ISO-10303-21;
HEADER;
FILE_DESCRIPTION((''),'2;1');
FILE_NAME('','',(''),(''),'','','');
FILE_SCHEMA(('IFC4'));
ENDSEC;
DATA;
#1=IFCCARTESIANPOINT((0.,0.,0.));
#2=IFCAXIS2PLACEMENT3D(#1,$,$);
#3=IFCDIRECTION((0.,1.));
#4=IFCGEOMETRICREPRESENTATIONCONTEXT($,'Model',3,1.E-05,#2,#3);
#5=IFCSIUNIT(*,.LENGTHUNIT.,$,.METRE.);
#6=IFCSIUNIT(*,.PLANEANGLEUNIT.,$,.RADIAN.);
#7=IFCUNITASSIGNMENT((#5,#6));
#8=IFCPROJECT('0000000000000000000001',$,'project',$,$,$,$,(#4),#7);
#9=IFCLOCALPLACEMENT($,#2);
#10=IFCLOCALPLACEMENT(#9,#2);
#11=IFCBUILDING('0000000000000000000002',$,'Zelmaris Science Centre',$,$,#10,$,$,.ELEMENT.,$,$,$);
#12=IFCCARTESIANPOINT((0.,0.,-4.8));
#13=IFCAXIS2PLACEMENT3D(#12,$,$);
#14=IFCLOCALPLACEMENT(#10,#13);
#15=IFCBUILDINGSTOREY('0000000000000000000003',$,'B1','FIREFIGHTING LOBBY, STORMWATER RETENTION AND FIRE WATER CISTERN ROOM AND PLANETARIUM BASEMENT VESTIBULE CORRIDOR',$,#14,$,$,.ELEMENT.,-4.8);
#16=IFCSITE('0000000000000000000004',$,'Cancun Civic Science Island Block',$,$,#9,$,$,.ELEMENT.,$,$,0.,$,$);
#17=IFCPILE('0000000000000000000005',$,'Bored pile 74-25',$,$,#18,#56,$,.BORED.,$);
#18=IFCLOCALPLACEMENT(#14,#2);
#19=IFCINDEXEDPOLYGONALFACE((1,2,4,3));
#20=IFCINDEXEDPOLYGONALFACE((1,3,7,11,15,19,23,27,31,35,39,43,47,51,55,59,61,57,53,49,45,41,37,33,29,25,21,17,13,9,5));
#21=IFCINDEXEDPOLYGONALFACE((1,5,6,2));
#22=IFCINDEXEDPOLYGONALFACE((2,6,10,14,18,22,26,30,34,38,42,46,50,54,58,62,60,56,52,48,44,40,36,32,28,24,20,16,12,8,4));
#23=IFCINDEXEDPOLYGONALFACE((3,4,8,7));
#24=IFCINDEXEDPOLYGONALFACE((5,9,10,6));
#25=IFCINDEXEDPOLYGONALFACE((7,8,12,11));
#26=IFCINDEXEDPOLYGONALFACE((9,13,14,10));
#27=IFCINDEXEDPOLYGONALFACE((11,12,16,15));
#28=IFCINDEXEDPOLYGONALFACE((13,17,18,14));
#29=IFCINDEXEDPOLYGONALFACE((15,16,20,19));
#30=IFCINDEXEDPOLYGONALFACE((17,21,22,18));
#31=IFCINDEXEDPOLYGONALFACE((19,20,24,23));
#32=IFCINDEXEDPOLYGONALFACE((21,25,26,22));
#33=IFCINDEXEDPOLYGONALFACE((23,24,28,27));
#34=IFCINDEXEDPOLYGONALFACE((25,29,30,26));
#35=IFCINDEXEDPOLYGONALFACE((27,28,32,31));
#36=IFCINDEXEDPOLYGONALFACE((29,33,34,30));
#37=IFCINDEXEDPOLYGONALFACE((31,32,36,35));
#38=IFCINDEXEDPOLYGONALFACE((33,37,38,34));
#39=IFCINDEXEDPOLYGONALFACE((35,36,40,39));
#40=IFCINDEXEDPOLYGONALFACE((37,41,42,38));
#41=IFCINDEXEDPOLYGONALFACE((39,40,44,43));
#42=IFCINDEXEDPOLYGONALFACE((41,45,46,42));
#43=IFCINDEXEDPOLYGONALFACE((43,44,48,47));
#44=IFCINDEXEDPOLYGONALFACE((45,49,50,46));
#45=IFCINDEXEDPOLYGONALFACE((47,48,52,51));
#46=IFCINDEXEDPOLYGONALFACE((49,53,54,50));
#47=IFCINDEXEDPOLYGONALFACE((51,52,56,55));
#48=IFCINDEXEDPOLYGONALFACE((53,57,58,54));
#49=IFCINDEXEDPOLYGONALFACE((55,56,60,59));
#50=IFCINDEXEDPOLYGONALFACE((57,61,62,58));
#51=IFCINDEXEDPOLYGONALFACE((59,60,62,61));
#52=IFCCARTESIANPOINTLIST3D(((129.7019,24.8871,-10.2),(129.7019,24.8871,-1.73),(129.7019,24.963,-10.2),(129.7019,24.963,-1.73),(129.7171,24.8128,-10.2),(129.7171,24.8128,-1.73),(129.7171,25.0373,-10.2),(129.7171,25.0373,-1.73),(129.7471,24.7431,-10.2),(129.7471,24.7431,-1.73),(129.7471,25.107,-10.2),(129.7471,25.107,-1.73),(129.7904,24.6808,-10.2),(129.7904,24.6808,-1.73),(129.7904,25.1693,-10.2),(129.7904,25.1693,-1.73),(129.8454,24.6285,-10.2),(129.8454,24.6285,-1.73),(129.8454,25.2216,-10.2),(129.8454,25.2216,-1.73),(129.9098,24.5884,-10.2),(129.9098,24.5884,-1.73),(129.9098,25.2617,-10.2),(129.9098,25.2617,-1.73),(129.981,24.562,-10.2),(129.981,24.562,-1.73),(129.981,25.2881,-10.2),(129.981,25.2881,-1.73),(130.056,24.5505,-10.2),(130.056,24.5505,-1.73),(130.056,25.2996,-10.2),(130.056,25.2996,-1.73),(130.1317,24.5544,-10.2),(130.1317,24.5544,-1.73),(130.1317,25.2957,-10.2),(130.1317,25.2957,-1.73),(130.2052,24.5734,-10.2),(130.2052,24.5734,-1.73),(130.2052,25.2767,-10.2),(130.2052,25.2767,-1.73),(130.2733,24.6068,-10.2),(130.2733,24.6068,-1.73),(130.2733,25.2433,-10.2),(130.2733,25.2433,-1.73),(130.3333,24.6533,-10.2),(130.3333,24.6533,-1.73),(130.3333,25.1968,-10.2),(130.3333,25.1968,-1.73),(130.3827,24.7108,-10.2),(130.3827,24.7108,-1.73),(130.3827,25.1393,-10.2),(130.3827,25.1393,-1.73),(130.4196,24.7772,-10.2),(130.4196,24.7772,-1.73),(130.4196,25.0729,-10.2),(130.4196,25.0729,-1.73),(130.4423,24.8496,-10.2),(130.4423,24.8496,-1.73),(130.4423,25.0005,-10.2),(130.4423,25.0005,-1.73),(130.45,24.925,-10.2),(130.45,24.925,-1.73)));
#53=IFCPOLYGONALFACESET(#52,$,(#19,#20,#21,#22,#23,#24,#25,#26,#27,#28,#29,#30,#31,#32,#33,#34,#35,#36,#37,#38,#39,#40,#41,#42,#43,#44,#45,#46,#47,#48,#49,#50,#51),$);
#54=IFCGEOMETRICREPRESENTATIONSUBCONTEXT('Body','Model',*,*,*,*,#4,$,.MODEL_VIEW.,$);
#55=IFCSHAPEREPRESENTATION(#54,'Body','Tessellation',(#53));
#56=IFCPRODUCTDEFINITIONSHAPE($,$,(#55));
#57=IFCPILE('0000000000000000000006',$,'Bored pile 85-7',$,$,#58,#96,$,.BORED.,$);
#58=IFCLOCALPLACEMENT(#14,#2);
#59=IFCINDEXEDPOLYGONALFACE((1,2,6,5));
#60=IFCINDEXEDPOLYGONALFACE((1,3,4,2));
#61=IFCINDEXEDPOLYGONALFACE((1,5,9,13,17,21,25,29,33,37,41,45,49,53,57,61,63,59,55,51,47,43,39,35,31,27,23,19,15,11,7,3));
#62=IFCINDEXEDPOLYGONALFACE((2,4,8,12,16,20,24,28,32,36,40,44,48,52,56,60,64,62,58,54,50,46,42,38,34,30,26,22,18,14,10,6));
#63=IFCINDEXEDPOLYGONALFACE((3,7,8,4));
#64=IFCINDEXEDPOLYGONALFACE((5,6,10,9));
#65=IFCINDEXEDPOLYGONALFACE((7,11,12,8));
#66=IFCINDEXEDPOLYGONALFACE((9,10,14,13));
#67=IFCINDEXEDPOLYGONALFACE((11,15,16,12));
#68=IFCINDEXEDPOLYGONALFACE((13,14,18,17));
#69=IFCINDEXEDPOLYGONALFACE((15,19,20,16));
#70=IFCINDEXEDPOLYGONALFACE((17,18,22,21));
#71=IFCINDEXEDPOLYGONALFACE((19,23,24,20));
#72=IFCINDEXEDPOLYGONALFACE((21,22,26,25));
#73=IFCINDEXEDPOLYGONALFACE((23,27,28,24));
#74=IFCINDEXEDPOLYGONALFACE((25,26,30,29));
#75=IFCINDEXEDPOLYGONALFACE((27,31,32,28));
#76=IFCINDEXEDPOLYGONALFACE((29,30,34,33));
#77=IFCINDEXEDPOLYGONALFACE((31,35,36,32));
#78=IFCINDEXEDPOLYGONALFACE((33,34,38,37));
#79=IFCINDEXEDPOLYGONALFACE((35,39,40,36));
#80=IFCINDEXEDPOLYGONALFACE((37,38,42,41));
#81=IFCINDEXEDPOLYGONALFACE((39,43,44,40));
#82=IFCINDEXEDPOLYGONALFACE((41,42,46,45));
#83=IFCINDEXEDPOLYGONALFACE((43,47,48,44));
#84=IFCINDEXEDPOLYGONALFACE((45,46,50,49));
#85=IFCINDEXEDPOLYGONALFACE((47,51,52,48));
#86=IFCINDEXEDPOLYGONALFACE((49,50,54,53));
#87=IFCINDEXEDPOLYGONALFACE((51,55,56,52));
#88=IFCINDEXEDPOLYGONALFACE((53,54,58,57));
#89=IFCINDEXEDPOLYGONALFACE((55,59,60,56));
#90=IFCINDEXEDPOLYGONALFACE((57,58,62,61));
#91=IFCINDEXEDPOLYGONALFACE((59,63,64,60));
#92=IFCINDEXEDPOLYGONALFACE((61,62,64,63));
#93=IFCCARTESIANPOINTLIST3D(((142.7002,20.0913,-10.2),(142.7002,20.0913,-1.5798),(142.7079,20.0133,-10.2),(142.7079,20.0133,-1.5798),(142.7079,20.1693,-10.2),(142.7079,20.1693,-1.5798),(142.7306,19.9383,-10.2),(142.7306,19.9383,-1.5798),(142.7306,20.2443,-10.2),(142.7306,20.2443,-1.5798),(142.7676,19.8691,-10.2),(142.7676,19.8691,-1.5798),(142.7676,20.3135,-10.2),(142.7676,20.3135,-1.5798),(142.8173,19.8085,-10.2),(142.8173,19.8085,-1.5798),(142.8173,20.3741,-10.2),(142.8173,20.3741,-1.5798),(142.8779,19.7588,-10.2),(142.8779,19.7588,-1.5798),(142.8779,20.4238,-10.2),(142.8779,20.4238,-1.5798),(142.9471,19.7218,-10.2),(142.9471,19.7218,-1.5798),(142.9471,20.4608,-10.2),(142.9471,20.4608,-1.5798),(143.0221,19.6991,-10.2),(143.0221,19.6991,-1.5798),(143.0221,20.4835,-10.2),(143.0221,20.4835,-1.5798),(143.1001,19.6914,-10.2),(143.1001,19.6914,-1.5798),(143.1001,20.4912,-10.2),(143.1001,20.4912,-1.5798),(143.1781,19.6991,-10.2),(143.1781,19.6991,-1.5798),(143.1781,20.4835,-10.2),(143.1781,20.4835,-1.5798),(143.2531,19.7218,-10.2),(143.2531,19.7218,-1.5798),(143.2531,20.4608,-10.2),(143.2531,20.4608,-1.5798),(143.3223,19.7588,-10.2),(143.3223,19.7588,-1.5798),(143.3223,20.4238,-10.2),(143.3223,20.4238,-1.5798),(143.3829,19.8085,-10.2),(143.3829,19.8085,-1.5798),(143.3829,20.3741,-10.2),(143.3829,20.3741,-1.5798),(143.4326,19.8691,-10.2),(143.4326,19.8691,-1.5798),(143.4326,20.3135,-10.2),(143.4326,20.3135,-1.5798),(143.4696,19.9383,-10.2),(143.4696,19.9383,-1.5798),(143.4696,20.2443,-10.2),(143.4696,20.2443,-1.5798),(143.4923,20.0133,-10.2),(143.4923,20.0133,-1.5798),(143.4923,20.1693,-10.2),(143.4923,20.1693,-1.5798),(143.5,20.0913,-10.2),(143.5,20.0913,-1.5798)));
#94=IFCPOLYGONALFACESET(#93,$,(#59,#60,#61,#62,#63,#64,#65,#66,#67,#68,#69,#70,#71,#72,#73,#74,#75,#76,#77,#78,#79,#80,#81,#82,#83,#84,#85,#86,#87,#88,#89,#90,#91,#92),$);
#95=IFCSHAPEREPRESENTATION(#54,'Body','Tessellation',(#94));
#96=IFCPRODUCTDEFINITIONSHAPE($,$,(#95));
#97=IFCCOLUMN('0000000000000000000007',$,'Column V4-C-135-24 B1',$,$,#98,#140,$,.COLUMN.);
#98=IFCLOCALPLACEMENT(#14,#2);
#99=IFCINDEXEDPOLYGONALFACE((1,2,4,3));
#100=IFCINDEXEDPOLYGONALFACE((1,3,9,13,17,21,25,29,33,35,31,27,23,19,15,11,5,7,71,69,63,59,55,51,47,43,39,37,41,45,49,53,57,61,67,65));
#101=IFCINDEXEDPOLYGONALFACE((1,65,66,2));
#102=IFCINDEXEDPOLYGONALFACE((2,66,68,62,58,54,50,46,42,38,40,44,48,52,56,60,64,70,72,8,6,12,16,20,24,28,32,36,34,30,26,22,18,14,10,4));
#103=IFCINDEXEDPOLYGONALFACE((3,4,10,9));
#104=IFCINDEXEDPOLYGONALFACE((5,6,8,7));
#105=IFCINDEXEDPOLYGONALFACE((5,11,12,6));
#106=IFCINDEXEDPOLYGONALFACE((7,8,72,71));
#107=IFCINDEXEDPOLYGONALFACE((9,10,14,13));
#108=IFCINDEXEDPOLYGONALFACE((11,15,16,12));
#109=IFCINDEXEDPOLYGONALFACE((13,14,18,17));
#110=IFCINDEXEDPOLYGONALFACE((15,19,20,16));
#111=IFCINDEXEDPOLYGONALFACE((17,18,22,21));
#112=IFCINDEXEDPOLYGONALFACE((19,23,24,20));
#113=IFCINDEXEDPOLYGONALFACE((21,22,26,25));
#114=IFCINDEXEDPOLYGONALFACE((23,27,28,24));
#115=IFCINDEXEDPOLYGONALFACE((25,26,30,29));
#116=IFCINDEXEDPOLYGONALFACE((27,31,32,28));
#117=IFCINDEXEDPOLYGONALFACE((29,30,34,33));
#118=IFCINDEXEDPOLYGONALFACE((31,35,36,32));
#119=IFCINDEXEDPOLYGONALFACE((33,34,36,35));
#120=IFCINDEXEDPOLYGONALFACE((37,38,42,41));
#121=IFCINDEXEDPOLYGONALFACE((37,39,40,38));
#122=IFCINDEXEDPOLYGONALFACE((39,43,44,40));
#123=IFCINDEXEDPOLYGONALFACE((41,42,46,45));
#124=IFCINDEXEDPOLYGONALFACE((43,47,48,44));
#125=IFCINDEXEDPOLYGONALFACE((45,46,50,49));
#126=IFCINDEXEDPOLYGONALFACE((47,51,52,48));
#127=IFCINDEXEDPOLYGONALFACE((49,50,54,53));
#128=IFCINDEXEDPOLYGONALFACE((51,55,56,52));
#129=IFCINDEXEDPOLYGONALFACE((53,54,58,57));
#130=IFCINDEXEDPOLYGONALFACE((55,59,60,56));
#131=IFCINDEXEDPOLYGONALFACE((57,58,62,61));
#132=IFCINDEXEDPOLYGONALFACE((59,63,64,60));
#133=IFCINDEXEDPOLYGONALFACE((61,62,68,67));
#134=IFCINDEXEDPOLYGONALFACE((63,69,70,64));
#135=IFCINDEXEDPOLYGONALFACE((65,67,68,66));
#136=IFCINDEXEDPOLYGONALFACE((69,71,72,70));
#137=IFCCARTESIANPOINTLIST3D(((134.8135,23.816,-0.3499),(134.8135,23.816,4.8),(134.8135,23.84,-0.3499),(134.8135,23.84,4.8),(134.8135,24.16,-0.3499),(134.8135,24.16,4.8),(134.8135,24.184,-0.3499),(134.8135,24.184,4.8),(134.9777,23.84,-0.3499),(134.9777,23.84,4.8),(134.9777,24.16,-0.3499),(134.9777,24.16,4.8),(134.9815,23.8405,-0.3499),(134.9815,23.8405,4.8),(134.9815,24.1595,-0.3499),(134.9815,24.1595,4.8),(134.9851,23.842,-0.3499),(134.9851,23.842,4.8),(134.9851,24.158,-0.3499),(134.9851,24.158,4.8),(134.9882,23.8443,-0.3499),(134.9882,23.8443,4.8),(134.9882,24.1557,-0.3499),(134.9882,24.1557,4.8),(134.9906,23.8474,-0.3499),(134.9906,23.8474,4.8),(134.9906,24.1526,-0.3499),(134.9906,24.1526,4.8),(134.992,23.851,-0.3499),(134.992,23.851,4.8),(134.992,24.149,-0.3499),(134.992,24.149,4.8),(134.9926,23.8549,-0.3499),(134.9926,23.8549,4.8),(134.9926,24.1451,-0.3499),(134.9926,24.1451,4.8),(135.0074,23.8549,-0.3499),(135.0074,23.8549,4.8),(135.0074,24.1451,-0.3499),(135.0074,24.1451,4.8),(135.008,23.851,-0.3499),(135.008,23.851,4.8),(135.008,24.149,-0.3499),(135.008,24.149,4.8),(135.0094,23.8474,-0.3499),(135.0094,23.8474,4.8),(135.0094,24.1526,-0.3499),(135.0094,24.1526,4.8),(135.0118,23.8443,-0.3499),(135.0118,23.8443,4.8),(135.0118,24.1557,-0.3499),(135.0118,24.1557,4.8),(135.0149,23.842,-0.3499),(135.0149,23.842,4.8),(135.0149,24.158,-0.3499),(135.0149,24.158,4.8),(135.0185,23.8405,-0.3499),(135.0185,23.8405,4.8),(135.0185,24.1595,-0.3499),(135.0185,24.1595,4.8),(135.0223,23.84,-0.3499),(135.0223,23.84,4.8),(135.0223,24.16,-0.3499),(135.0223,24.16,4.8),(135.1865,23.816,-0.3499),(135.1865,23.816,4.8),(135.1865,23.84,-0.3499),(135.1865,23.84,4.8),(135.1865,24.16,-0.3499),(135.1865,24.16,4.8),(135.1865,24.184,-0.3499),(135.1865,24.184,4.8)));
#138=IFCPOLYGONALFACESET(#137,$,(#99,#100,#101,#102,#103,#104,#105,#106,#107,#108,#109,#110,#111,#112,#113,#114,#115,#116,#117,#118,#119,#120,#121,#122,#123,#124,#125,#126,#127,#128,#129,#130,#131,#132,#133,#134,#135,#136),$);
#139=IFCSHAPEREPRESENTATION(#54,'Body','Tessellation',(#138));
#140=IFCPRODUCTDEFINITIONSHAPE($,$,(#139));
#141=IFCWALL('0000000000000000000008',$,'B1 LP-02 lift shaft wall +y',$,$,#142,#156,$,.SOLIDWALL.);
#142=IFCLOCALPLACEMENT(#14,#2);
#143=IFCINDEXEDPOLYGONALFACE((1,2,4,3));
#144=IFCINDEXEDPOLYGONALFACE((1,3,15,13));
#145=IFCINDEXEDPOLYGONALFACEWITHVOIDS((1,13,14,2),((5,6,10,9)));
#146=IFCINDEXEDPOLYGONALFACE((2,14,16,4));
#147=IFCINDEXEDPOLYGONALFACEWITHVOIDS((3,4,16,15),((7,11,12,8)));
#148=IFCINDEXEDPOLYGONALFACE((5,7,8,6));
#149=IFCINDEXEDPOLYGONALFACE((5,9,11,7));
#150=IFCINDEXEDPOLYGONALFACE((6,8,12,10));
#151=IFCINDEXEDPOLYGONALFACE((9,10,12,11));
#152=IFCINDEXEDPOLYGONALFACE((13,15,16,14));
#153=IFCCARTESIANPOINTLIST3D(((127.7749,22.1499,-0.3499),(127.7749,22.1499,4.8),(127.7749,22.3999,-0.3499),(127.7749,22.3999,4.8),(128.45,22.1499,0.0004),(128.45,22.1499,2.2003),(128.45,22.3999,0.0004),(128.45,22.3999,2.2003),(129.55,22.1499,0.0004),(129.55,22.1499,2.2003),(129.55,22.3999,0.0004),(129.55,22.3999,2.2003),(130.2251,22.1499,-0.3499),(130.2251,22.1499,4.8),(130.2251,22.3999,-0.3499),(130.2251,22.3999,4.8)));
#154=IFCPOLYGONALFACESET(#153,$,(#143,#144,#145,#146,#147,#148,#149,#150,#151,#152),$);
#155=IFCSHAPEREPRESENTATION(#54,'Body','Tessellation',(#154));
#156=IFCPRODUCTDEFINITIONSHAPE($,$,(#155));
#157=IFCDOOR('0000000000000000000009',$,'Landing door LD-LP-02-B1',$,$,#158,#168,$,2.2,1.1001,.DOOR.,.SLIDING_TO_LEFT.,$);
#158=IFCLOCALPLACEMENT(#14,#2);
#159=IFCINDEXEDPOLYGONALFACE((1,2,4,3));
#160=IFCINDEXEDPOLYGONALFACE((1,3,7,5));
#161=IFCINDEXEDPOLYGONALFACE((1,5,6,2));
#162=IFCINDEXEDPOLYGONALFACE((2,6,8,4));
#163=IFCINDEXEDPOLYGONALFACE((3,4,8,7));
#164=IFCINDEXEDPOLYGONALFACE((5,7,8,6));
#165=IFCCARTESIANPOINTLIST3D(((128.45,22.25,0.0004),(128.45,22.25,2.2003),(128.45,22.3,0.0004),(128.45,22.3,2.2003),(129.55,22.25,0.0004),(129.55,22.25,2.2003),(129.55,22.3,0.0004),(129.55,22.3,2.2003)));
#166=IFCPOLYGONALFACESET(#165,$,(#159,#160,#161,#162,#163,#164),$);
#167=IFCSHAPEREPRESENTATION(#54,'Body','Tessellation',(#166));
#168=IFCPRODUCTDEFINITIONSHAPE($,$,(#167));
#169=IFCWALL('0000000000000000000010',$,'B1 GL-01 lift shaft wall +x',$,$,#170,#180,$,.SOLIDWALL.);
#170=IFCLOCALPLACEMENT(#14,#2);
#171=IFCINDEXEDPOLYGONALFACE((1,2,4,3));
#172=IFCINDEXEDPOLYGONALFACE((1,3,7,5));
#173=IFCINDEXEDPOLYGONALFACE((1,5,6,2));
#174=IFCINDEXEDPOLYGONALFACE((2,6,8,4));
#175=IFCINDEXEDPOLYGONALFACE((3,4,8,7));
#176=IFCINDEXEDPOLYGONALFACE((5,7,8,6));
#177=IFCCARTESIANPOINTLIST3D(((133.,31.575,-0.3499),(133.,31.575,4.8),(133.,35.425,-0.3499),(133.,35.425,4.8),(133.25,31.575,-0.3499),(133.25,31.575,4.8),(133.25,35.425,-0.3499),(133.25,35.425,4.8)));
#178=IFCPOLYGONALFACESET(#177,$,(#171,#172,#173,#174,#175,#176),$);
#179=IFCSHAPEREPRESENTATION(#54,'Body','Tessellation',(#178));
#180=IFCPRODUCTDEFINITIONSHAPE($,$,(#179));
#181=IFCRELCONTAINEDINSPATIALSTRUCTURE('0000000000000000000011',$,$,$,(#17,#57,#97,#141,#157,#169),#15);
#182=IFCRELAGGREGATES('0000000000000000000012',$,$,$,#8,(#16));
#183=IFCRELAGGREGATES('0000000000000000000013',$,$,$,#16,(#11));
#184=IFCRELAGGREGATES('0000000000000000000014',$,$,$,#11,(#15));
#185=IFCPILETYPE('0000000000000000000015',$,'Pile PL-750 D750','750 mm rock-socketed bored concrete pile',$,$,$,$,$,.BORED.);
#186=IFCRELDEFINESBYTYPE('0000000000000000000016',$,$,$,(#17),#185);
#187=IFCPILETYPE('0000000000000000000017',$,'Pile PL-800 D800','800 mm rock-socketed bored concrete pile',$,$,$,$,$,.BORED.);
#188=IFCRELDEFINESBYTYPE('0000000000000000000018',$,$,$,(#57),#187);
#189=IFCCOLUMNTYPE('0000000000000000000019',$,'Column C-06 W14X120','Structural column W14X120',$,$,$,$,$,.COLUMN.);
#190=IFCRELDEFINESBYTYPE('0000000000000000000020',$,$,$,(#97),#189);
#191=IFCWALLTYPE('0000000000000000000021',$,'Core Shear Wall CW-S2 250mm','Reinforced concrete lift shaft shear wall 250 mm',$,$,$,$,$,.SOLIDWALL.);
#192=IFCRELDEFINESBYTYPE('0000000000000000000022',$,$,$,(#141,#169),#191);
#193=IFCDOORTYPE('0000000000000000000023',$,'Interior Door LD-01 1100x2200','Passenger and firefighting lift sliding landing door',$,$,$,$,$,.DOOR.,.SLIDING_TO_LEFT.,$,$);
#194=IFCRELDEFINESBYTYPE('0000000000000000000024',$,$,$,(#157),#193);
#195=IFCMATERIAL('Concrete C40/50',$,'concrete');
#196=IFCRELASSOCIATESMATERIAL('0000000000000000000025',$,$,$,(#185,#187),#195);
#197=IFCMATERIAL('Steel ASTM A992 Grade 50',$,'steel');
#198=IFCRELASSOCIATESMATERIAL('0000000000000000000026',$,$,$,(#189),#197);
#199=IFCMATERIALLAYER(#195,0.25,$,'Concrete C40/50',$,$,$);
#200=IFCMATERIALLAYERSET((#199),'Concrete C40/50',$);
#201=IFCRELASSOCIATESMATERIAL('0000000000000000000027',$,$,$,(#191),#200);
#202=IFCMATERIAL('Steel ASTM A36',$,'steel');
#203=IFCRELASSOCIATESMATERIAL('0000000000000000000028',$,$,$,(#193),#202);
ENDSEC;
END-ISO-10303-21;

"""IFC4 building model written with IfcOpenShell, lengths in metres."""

from ifc_helpers import new_model, si_unit, direction, frame, frame_2d, origin, origin_2d, place, context, subcontext, project, spatial, rectangle, circle, i_section, extrude, material, layer, layer_set, material_profile, profile_set, type_object, element, fill, save


model = new_model("IFC4")

# Units and contexts
model_context = context("Model", 3, precision=1e-05, world=origin(), true_north=direction((0.0, 1.0)))
body_context = subcontext(model_context, "Body", "Model", "MODEL_VIEW")
ifc_project = project(units=[si_unit("LENGTHUNIT", "METRE"), si_unit("PLANEANGLEUNIT", "RADIAN")], contexts=[model_context])

# Site, building, storey
site_placement = place(None, origin())
site = spatial("IfcSite", under=ifc_project, at=site_placement, Name="Cancun Civic Science Island Block", CompositionType="ELEMENT", RefElevation=0.0)
building_placement = place(site_placement, origin())
building = spatial("IfcBuilding", under=site, at=building_placement, Name="Zelmaris Science Centre", CompositionType="ELEMENT")
storey_placement = place(building_placement, frame((0.0, 0.0, -4.8)))
storey = spatial("IfcBuildingStorey", under=building, at=storey_placement, Name="B1", Description="FIREFIGHTING LOBBY, STORMWATER RETENTION AND FIRE WATER CISTERN ROOM AND PLANETARIUM BASEMENT VESTIBULE CORRIDOR", CompositionType="ELEMENT", Elevation=-4.8)

# Shared definitions
ifc_material_1 = material(Name="Concrete C40/50", Category="concrete")

# Piles
ifc_material_profile_1 = material_profile(ifc_material_1, circle(Radius=0.375, at=origin_2d()), Name="PILE-750")
ifc_profile_set_1 = profile_set([ifc_material_profile_1], Name="Concrete C40/50")
pile_type_1 = type_object("IfcPileType", Name="Pile PL-750 D750", Description="750 mm rock-socketed bored concrete pile", PredefinedType="BORED", material=ifc_profile_set_1)
for number, where, z_axis, x_axis, name in (
    (1, (130.075, 24.925, -1.73), (0.0, 0.0, -1.0), (1.0, 0.0, 0.0), "Bored pile 74-25"),
):
    element("IfcPile", number, at=place(storey_placement, frame(where, z_axis=z_axis, x_axis=x_axis)), inside=storey, type_object=pile_type_1, Name=name, PredefinedType="BORED", context=body_context, shape_type="SweptSolid", body=[
        extrude(circle(Radius=0.375, at=origin_2d()), origin(), (0.0, 0.0, 1.0), 8.47),
    ])
ifc_material_profile_2 = material_profile(ifc_material_1, circle(Radius=0.3999, at=origin_2d()), Name="PILE-800")
ifc_profile_set_2 = profile_set([ifc_material_profile_2], Name="Concrete C40/50")
pile_type_2 = type_object("IfcPileType", Name="Pile PL-800 D800", Description="800 mm rock-socketed bored concrete pile", PredefinedType="BORED", material=ifc_profile_set_2)
pile_placement = place(storey_placement, frame((143.1001, 20.0913, -1.5798), z_axis=(0.0, 0.0, -1.0), x_axis=(1.0, 0.0, 0.0)))
element("IfcPile", 2, at=pile_placement, inside=storey, type_object=pile_type_2, Name="Bored pile 85-7", PredefinedType="BORED", context=body_context, shape_type="SweptSolid", body=[
    extrude(circle(Radius=0.3999, at=origin_2d()), origin(), (0.0, 0.0, 1.0), 8.6201),
])

# Column
ifc_material_2 = material(Name="Steel ASTM A992 Grade 50", Category="steel")
ifc_material_profile_3 = material_profile(ifc_material_2, i_section(OverallWidth=0.373, OverallDepth=0.3679, WebThickness=0.0149, FlangeThickness=0.0239, FilletRadius=0.0149, at=origin_2d()), Name="W14X120")
ifc_profile_set_3 = profile_set([ifc_material_profile_3], Name="Steel ASTM A992 Grade 50")
column_type = type_object("IfcColumnType", Name="Column C-06 W14X120", Description="Structural column W14X120", PredefinedType="COLUMN", material=ifc_profile_set_3)
column_placement = place(storey_placement, frame((135.0, 24.0, -0.3499), z_axis=(0.0, 0.0, 1.0), x_axis=(1.0, 0.0, 0.0)))
element("IfcColumn", 3, at=column_placement, inside=storey, type_object=column_type, Name="Column V4-C-135-24 B1", PredefinedType="COLUMN", context=body_context, shape_type="SweptSolid", body=[
    extrude(i_section(OverallWidth=0.373, OverallDepth=0.3679, WebThickness=0.0149, FlangeThickness=0.0239, FilletRadius=0.0149, at=origin_2d()), origin(), (0.0, 0.0, 1.0), 5.1499),
])

# Wall, opening, door
ifc_layer_1 = layer(ifc_material_1, 0.25, Name="Concrete C40/50")
ifc_layer_set_1 = layer_set([ifc_layer_1], Name="Concrete C40/50")
wall_type_1 = type_object("IfcWallType", Name="Core Shear Wall CW-S2 250mm", Description="Reinforced concrete lift shaft shear wall 250 mm", PredefinedType="SOLIDWALL", material=ifc_layer_set_1)
wall_1_placement = place(storey_placement, frame((130.2251, 22.2749, -0.3499), z_axis=(0.0, 0.0, 1.0), x_axis=(-1.0, 0.0, 0.0)))
wall_1 = element("IfcWall", 4, at=wall_1_placement, inside=storey, type_object=wall_type_1, Name="B1 LP-02 lift shaft wall +y", PredefinedType="SOLIDWALL", context=body_context, shape_type="SweptSolid", body=[
    extrude(rectangle(XDim=2.4502, YDim=0.25, at=frame_2d((1.2251, 0.0))), origin(), (0.0, 0.0, 1.0), 5.1499),
])
opening_1_placement = place(wall_1_placement, frame((0.675, 0.0, 0.3501)))
opening_1 = element("IfcOpeningElement", 5, at=opening_1_placement, cuts=wall_1, PredefinedType="OPENING", context=body_context, shape_type="SweptSolid", body=[
    extrude(rectangle(XDim=1.1001, YDim=2.2, at=frame_2d((0.55, 1.1001))), frame((0.0, 0.135, 0.0), z_axis=(0.0, -1.0, 0.0), x_axis=(1.0, 0.0, 0.0)), (0.0, 0.0, 1.0), 0.27),
])
ifc_material_3 = material(Name="Steel ASTM A36", Category="steel")
door_type_1 = type_object("IfcDoorType", Name="Interior Door LD-01 1100x2200", Description="Passenger and firefighting lift sliding landing door", OperationType="SLIDING_TO_LEFT", PredefinedType="DOOR", material=ifc_material_3)
door_1_placement = place(opening_1_placement, origin())
door_1 = element("IfcDoor", 6, at=door_1_placement, inside=storey, type_object=door_type_1, Name="Landing door LD-LP-02-B1", OperationType="SLIDING_TO_LEFT", OverallHeight=2.2, OverallWidth=1.1001, PredefinedType="DOOR", context=body_context, shape_type="SweptSolid", body=[
    extrude(rectangle(XDim=1.1001, YDim=2.2, at=frame_2d((0.55, 1.1001))), frame((0.0, 0.0249, 0.0), z_axis=(0.0, -1.0, 0.0), x_axis=(1.0, 0.0, 0.0)), (0.0, 0.0, 1.0), 0.05),
])
fill(opening_1, door_1)

# Wall
wall_2_placement = place(storey_placement, frame((133.125, 31.575, -0.3499), z_axis=(0.0, 0.0, 1.0), x_axis=(0.0, 1.0, 0.0)))
element("IfcWall", 7, at=wall_2_placement, inside=storey, type_object=wall_type_1, Name="B1 GL-01 lift shaft wall +x", PredefinedType="SOLIDWALL", context=body_context, shape_type="SweptSolid", body=[
    extrude(rectangle(XDim=3.8501, YDim=0.25, at=frame_2d((1.925, 0.0))), origin(), (0.0, 0.0, 1.0), 5.1499),
])

save(model, "model.ifc")
